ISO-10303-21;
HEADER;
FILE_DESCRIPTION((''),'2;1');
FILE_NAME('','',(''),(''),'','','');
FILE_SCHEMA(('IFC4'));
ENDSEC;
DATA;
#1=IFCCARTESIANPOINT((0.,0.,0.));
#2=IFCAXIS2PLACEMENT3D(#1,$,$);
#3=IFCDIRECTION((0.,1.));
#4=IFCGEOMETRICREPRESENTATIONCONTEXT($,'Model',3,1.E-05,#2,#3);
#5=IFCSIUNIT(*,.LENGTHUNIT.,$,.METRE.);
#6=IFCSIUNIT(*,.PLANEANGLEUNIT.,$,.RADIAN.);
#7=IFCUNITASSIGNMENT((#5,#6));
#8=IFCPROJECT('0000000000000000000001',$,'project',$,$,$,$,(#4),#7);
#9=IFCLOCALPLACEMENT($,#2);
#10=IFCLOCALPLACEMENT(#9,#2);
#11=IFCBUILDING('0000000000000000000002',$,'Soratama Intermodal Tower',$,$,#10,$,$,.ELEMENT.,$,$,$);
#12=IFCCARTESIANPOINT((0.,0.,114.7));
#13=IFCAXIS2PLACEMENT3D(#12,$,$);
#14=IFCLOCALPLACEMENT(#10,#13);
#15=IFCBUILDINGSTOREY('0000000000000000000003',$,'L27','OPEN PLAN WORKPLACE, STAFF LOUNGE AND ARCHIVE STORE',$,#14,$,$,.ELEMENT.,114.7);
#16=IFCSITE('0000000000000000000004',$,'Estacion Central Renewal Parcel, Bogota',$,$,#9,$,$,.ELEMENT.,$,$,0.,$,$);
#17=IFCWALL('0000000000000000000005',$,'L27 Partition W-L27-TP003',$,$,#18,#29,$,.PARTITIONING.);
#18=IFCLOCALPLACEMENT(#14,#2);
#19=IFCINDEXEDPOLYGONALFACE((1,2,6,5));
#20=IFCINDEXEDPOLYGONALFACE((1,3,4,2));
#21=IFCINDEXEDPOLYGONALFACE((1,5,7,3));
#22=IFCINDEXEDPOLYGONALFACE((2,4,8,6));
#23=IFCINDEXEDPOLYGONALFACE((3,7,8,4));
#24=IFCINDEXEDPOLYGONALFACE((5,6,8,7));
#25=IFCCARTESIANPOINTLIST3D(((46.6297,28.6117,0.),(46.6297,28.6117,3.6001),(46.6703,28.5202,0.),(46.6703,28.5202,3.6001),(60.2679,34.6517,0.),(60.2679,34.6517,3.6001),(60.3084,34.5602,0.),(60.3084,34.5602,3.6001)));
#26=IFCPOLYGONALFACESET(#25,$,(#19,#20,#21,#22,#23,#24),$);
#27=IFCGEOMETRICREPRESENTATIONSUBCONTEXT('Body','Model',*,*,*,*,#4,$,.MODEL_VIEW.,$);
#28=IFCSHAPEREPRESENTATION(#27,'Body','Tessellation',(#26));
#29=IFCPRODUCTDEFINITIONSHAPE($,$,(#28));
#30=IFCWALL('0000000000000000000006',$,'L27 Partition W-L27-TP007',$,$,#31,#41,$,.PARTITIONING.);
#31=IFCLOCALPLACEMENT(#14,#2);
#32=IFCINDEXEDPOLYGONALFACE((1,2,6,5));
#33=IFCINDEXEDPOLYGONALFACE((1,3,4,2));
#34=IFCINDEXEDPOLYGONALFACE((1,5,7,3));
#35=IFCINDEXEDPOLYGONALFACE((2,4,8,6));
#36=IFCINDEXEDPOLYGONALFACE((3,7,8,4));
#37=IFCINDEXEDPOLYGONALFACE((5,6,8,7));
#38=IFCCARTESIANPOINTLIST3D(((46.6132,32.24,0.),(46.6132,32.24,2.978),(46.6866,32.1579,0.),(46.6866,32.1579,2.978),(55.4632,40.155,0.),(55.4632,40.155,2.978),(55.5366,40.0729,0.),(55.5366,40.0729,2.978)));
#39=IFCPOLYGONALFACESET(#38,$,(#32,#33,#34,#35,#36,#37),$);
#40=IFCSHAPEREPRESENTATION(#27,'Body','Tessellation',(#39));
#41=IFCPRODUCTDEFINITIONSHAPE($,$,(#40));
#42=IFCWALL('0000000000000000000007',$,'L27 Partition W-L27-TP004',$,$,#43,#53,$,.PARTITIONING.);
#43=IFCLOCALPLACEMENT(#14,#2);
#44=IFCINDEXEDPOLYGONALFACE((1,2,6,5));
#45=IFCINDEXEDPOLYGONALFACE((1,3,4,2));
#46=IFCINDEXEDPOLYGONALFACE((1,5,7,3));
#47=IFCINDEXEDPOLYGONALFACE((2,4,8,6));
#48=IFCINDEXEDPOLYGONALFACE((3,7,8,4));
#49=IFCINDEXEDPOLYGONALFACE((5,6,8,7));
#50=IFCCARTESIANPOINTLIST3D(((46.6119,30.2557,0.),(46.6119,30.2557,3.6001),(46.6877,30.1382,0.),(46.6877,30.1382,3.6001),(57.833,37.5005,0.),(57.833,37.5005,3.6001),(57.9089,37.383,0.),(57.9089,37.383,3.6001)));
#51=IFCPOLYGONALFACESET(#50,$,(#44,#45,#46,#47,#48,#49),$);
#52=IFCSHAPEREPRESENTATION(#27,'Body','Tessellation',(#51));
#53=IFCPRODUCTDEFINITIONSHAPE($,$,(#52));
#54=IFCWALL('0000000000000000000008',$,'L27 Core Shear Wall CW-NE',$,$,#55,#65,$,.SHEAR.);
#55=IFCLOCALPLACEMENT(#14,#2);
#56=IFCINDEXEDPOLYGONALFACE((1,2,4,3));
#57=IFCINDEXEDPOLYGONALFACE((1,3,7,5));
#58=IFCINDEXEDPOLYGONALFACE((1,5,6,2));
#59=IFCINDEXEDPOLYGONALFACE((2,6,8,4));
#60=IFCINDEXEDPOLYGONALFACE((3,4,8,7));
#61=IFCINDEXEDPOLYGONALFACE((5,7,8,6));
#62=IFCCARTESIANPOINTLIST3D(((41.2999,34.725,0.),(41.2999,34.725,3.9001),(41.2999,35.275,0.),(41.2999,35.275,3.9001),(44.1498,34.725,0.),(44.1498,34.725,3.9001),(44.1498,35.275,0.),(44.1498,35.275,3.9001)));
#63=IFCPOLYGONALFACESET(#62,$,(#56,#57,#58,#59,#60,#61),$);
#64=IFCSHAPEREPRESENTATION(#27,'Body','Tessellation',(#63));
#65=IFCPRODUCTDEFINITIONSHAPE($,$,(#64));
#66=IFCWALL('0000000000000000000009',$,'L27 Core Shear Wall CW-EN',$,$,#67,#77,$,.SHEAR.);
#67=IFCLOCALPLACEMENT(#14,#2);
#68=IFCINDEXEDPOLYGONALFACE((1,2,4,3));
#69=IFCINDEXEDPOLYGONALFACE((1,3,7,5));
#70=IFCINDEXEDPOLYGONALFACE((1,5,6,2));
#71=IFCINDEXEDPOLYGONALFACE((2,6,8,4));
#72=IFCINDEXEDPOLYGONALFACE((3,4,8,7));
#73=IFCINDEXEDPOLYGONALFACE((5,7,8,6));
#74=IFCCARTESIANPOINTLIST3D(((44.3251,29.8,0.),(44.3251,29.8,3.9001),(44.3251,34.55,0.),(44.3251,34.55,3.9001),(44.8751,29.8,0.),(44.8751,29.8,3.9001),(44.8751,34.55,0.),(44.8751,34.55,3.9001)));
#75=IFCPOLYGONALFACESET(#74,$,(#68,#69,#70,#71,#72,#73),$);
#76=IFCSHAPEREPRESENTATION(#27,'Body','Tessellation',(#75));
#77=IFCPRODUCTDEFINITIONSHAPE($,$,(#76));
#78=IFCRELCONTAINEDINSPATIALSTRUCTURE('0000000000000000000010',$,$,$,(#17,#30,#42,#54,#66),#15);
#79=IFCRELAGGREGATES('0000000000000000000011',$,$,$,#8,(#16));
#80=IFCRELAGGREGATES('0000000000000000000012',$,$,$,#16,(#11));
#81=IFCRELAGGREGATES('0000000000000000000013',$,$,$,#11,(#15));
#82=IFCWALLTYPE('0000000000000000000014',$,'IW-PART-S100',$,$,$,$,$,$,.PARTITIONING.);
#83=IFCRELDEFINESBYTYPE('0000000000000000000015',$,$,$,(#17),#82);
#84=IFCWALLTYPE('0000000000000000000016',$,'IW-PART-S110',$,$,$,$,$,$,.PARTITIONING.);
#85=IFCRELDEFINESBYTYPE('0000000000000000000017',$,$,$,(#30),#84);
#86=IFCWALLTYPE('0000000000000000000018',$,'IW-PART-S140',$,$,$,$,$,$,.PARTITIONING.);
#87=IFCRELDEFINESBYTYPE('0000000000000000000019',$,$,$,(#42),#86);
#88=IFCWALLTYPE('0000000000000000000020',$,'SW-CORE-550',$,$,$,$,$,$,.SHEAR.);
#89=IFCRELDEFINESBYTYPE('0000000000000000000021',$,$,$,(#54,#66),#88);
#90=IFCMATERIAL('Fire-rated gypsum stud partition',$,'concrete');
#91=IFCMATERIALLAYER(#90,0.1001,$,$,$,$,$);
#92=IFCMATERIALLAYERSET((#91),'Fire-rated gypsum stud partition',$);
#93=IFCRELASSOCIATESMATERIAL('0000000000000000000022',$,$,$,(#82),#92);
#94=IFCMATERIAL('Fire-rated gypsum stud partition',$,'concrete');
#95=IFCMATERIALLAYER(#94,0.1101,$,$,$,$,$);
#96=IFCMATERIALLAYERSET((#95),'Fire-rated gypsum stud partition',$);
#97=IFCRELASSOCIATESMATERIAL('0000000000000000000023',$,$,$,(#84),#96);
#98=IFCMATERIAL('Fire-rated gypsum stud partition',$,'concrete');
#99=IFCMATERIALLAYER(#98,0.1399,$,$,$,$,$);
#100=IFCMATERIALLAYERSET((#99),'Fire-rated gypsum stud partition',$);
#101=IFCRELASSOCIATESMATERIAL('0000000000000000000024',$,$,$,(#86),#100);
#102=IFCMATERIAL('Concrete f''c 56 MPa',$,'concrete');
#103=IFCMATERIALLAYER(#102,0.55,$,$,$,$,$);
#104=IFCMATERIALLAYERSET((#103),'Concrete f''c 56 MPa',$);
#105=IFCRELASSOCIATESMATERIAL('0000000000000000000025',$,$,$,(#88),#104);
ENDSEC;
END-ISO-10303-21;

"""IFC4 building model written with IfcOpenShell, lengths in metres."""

from ifc_helpers import new_model, si_unit, direction, frame, frame_2d, origin, place, context, subcontext, project, spatial, rectangle, extrude, material, layer, layer_set, type_object, element, save


model = new_model("IFC4")

# Units and contexts
model_context = context("Model", 3, precision=1e-05, world=origin(), true_north=direction((0.0, 1.0)))
body_context = subcontext(model_context, "Body", "Model", "MODEL_VIEW")
ifc_project = project(units=[si_unit("LENGTHUNIT", "METRE"), si_unit("PLANEANGLEUNIT", "RADIAN")], contexts=[model_context])

# Site, building, storey
site_placement = place(None, origin())
site = spatial("IfcSite", under=ifc_project, at=site_placement, Name="Estacion Central Renewal Parcel, Bogota", CompositionType="ELEMENT", RefElevation=0.0)
building_placement = place(site_placement, origin())
building = spatial("IfcBuilding", under=site, at=building_placement, Name="Soratama Intermodal Tower", CompositionType="ELEMENT")
storey_placement = place(building_placement, frame((0.0, 0.0, 114.7)))
storey = spatial("IfcBuildingStorey", under=building, at=storey_placement, Name="L27", Description="OPEN PLAN WORKPLACE, STAFF LOUNGE AND ARCHIVE STORE", CompositionType="ELEMENT", Elevation=114.7)

# Walls
ifc_material_1 = material(Name="Fire-rated gypsum stud partition", Category="concrete")
ifc_layer_1 = layer(ifc_material_1, 0.1001)
ifc_layer_set_1 = layer_set([ifc_layer_1], Name="Fire-rated gypsum stud partition")
wall_type_1 = type_object("IfcWallType", Name="IW-PART-S100", PredefinedType="PARTITIONING", material=ifc_layer_set_1)
wall_1_placement = place(storey_placement, frame((46.6499, 28.5659, 0.0), z_axis=(0.0, 0.0, 1.0), x_axis=(0.914343, 0.404941, 0.0)))
element("IfcWall", 1, at=wall_1_placement, inside=storey, type_object=wall_type_1, Name="L27 Partition W-L27-TP003", PredefinedType="PARTITIONING", context=body_context, shape_type="SweptSolid", body=[
    extrude(rectangle(XDim=14.9158, YDim=0.1001, at=frame_2d((7.458, 0.0))), origin(), (0.0, 0.0, 1.0), 3.6001),
])
ifc_material_2 = material(Name="Fire-rated gypsum stud partition", Category="concrete")
ifc_layer_2 = layer(ifc_material_2, 0.1101)
ifc_layer_set_2 = layer_set([ifc_layer_2], Name="Fire-rated gypsum stud partition")
wall_type_2 = type_object("IfcWallType", Name="IW-PART-S110", PredefinedType="PARTITIONING", material=ifc_layer_set_2)
wall_2_placement = place(storey_placement, frame((46.6499, 32.199, 0.0), z_axis=(0.0, 0.0, 1.0), x_axis=(0.745386, 0.666633, 0.0)))
element("IfcWall", 2, at=wall_2_placement, inside=storey, type_object=wall_type_2, Name="L27 Partition W-L27-TP007", PredefinedType="PARTITIONING", context=body_context, shape_type="SweptSolid", body=[
    extrude(rectangle(XDim=11.873, YDim=0.1101, at=frame_2d((5.9365, 0.0))), origin(), (0.0, 0.0, 1.0), 2.978),
])
ifc_material_3 = material(Name="Fire-rated gypsum stud partition", Category="concrete")
ifc_layer_3 = layer(ifc_material_3, 0.1399)
ifc_layer_set_3 = layer_set([ifc_layer_3], Name="Fire-rated gypsum stud partition")
wall_type_3 = type_object("IfcWallType", Name="IW-PART-S140", PredefinedType="PARTITIONING", material=ifc_layer_set_3)
wall_3_placement = place(storey_placement, frame((46.6499, 30.197, 0.0), z_axis=(0.0, 0.0, 1.0), x_axis=(0.840113, 0.542412, 0.0)))
element("IfcWall", 3, at=wall_3_placement, inside=storey, type_object=wall_type_3, Name="L27 Partition W-L27-TP004", PredefinedType="PARTITIONING", context=body_context, shape_type="SweptSolid", body=[
    extrude(rectangle(XDim=13.3567, YDim=0.1399, at=frame_2d((6.6782, 0.0))), origin(), (0.0, 0.0, 1.0), 3.6001),
])
ifc_material_4 = material(Name="Concrete f'c 56 MPa", Category="concrete")
ifc_layer_4 = layer(ifc_material_4, 0.55)
ifc_layer_set_4 = layer_set([ifc_layer_4], Name="Concrete f'c 56 MPa")
wall_type_4 = type_object("IfcWallType", Name="SW-CORE-550", PredefinedType="SHEAR", material=ifc_layer_set_4)
wall_4_placement = place(storey_placement, frame((41.3, 35.0, 0.0), z_axis=(0.0, 0.0, 1.0), x_axis=(1.0, 0.0, 0.0)))
element("IfcWall", 4, at=wall_4_placement, inside=storey, type_object=wall_type_4, Name="L27 Core Shear Wall CW-NE", PredefinedType="SHEAR", context=body_context, shape_type="SweptSolid", body=[
    extrude(rectangle(XDim=2.8499, YDim=0.55, at=frame_2d((1.4248, 0.0))), origin(), (0.0, 0.0, 1.0), 3.9001),
])
wall_5_placement = place(storey_placement, frame((44.6001, 29.8, 0.0), z_axis=(0.0, 0.0, 1.0), x_axis=(0.0, 1.0, 0.0)))
element("IfcWall", 5, at=wall_5_placement, inside=storey, type_object=wall_type_4, Name="L27 Core Shear Wall CW-EN", PredefinedType="SHEAR", context=body_context, shape_type="SweptSolid", body=[
    extrude(rectangle(XDim=4.75, YDim=0.55, at=frame_2d((2.375, 0.0))), origin(), (0.0, 0.0, 1.0), 3.9001),
])

save(model, "model.ifc")
